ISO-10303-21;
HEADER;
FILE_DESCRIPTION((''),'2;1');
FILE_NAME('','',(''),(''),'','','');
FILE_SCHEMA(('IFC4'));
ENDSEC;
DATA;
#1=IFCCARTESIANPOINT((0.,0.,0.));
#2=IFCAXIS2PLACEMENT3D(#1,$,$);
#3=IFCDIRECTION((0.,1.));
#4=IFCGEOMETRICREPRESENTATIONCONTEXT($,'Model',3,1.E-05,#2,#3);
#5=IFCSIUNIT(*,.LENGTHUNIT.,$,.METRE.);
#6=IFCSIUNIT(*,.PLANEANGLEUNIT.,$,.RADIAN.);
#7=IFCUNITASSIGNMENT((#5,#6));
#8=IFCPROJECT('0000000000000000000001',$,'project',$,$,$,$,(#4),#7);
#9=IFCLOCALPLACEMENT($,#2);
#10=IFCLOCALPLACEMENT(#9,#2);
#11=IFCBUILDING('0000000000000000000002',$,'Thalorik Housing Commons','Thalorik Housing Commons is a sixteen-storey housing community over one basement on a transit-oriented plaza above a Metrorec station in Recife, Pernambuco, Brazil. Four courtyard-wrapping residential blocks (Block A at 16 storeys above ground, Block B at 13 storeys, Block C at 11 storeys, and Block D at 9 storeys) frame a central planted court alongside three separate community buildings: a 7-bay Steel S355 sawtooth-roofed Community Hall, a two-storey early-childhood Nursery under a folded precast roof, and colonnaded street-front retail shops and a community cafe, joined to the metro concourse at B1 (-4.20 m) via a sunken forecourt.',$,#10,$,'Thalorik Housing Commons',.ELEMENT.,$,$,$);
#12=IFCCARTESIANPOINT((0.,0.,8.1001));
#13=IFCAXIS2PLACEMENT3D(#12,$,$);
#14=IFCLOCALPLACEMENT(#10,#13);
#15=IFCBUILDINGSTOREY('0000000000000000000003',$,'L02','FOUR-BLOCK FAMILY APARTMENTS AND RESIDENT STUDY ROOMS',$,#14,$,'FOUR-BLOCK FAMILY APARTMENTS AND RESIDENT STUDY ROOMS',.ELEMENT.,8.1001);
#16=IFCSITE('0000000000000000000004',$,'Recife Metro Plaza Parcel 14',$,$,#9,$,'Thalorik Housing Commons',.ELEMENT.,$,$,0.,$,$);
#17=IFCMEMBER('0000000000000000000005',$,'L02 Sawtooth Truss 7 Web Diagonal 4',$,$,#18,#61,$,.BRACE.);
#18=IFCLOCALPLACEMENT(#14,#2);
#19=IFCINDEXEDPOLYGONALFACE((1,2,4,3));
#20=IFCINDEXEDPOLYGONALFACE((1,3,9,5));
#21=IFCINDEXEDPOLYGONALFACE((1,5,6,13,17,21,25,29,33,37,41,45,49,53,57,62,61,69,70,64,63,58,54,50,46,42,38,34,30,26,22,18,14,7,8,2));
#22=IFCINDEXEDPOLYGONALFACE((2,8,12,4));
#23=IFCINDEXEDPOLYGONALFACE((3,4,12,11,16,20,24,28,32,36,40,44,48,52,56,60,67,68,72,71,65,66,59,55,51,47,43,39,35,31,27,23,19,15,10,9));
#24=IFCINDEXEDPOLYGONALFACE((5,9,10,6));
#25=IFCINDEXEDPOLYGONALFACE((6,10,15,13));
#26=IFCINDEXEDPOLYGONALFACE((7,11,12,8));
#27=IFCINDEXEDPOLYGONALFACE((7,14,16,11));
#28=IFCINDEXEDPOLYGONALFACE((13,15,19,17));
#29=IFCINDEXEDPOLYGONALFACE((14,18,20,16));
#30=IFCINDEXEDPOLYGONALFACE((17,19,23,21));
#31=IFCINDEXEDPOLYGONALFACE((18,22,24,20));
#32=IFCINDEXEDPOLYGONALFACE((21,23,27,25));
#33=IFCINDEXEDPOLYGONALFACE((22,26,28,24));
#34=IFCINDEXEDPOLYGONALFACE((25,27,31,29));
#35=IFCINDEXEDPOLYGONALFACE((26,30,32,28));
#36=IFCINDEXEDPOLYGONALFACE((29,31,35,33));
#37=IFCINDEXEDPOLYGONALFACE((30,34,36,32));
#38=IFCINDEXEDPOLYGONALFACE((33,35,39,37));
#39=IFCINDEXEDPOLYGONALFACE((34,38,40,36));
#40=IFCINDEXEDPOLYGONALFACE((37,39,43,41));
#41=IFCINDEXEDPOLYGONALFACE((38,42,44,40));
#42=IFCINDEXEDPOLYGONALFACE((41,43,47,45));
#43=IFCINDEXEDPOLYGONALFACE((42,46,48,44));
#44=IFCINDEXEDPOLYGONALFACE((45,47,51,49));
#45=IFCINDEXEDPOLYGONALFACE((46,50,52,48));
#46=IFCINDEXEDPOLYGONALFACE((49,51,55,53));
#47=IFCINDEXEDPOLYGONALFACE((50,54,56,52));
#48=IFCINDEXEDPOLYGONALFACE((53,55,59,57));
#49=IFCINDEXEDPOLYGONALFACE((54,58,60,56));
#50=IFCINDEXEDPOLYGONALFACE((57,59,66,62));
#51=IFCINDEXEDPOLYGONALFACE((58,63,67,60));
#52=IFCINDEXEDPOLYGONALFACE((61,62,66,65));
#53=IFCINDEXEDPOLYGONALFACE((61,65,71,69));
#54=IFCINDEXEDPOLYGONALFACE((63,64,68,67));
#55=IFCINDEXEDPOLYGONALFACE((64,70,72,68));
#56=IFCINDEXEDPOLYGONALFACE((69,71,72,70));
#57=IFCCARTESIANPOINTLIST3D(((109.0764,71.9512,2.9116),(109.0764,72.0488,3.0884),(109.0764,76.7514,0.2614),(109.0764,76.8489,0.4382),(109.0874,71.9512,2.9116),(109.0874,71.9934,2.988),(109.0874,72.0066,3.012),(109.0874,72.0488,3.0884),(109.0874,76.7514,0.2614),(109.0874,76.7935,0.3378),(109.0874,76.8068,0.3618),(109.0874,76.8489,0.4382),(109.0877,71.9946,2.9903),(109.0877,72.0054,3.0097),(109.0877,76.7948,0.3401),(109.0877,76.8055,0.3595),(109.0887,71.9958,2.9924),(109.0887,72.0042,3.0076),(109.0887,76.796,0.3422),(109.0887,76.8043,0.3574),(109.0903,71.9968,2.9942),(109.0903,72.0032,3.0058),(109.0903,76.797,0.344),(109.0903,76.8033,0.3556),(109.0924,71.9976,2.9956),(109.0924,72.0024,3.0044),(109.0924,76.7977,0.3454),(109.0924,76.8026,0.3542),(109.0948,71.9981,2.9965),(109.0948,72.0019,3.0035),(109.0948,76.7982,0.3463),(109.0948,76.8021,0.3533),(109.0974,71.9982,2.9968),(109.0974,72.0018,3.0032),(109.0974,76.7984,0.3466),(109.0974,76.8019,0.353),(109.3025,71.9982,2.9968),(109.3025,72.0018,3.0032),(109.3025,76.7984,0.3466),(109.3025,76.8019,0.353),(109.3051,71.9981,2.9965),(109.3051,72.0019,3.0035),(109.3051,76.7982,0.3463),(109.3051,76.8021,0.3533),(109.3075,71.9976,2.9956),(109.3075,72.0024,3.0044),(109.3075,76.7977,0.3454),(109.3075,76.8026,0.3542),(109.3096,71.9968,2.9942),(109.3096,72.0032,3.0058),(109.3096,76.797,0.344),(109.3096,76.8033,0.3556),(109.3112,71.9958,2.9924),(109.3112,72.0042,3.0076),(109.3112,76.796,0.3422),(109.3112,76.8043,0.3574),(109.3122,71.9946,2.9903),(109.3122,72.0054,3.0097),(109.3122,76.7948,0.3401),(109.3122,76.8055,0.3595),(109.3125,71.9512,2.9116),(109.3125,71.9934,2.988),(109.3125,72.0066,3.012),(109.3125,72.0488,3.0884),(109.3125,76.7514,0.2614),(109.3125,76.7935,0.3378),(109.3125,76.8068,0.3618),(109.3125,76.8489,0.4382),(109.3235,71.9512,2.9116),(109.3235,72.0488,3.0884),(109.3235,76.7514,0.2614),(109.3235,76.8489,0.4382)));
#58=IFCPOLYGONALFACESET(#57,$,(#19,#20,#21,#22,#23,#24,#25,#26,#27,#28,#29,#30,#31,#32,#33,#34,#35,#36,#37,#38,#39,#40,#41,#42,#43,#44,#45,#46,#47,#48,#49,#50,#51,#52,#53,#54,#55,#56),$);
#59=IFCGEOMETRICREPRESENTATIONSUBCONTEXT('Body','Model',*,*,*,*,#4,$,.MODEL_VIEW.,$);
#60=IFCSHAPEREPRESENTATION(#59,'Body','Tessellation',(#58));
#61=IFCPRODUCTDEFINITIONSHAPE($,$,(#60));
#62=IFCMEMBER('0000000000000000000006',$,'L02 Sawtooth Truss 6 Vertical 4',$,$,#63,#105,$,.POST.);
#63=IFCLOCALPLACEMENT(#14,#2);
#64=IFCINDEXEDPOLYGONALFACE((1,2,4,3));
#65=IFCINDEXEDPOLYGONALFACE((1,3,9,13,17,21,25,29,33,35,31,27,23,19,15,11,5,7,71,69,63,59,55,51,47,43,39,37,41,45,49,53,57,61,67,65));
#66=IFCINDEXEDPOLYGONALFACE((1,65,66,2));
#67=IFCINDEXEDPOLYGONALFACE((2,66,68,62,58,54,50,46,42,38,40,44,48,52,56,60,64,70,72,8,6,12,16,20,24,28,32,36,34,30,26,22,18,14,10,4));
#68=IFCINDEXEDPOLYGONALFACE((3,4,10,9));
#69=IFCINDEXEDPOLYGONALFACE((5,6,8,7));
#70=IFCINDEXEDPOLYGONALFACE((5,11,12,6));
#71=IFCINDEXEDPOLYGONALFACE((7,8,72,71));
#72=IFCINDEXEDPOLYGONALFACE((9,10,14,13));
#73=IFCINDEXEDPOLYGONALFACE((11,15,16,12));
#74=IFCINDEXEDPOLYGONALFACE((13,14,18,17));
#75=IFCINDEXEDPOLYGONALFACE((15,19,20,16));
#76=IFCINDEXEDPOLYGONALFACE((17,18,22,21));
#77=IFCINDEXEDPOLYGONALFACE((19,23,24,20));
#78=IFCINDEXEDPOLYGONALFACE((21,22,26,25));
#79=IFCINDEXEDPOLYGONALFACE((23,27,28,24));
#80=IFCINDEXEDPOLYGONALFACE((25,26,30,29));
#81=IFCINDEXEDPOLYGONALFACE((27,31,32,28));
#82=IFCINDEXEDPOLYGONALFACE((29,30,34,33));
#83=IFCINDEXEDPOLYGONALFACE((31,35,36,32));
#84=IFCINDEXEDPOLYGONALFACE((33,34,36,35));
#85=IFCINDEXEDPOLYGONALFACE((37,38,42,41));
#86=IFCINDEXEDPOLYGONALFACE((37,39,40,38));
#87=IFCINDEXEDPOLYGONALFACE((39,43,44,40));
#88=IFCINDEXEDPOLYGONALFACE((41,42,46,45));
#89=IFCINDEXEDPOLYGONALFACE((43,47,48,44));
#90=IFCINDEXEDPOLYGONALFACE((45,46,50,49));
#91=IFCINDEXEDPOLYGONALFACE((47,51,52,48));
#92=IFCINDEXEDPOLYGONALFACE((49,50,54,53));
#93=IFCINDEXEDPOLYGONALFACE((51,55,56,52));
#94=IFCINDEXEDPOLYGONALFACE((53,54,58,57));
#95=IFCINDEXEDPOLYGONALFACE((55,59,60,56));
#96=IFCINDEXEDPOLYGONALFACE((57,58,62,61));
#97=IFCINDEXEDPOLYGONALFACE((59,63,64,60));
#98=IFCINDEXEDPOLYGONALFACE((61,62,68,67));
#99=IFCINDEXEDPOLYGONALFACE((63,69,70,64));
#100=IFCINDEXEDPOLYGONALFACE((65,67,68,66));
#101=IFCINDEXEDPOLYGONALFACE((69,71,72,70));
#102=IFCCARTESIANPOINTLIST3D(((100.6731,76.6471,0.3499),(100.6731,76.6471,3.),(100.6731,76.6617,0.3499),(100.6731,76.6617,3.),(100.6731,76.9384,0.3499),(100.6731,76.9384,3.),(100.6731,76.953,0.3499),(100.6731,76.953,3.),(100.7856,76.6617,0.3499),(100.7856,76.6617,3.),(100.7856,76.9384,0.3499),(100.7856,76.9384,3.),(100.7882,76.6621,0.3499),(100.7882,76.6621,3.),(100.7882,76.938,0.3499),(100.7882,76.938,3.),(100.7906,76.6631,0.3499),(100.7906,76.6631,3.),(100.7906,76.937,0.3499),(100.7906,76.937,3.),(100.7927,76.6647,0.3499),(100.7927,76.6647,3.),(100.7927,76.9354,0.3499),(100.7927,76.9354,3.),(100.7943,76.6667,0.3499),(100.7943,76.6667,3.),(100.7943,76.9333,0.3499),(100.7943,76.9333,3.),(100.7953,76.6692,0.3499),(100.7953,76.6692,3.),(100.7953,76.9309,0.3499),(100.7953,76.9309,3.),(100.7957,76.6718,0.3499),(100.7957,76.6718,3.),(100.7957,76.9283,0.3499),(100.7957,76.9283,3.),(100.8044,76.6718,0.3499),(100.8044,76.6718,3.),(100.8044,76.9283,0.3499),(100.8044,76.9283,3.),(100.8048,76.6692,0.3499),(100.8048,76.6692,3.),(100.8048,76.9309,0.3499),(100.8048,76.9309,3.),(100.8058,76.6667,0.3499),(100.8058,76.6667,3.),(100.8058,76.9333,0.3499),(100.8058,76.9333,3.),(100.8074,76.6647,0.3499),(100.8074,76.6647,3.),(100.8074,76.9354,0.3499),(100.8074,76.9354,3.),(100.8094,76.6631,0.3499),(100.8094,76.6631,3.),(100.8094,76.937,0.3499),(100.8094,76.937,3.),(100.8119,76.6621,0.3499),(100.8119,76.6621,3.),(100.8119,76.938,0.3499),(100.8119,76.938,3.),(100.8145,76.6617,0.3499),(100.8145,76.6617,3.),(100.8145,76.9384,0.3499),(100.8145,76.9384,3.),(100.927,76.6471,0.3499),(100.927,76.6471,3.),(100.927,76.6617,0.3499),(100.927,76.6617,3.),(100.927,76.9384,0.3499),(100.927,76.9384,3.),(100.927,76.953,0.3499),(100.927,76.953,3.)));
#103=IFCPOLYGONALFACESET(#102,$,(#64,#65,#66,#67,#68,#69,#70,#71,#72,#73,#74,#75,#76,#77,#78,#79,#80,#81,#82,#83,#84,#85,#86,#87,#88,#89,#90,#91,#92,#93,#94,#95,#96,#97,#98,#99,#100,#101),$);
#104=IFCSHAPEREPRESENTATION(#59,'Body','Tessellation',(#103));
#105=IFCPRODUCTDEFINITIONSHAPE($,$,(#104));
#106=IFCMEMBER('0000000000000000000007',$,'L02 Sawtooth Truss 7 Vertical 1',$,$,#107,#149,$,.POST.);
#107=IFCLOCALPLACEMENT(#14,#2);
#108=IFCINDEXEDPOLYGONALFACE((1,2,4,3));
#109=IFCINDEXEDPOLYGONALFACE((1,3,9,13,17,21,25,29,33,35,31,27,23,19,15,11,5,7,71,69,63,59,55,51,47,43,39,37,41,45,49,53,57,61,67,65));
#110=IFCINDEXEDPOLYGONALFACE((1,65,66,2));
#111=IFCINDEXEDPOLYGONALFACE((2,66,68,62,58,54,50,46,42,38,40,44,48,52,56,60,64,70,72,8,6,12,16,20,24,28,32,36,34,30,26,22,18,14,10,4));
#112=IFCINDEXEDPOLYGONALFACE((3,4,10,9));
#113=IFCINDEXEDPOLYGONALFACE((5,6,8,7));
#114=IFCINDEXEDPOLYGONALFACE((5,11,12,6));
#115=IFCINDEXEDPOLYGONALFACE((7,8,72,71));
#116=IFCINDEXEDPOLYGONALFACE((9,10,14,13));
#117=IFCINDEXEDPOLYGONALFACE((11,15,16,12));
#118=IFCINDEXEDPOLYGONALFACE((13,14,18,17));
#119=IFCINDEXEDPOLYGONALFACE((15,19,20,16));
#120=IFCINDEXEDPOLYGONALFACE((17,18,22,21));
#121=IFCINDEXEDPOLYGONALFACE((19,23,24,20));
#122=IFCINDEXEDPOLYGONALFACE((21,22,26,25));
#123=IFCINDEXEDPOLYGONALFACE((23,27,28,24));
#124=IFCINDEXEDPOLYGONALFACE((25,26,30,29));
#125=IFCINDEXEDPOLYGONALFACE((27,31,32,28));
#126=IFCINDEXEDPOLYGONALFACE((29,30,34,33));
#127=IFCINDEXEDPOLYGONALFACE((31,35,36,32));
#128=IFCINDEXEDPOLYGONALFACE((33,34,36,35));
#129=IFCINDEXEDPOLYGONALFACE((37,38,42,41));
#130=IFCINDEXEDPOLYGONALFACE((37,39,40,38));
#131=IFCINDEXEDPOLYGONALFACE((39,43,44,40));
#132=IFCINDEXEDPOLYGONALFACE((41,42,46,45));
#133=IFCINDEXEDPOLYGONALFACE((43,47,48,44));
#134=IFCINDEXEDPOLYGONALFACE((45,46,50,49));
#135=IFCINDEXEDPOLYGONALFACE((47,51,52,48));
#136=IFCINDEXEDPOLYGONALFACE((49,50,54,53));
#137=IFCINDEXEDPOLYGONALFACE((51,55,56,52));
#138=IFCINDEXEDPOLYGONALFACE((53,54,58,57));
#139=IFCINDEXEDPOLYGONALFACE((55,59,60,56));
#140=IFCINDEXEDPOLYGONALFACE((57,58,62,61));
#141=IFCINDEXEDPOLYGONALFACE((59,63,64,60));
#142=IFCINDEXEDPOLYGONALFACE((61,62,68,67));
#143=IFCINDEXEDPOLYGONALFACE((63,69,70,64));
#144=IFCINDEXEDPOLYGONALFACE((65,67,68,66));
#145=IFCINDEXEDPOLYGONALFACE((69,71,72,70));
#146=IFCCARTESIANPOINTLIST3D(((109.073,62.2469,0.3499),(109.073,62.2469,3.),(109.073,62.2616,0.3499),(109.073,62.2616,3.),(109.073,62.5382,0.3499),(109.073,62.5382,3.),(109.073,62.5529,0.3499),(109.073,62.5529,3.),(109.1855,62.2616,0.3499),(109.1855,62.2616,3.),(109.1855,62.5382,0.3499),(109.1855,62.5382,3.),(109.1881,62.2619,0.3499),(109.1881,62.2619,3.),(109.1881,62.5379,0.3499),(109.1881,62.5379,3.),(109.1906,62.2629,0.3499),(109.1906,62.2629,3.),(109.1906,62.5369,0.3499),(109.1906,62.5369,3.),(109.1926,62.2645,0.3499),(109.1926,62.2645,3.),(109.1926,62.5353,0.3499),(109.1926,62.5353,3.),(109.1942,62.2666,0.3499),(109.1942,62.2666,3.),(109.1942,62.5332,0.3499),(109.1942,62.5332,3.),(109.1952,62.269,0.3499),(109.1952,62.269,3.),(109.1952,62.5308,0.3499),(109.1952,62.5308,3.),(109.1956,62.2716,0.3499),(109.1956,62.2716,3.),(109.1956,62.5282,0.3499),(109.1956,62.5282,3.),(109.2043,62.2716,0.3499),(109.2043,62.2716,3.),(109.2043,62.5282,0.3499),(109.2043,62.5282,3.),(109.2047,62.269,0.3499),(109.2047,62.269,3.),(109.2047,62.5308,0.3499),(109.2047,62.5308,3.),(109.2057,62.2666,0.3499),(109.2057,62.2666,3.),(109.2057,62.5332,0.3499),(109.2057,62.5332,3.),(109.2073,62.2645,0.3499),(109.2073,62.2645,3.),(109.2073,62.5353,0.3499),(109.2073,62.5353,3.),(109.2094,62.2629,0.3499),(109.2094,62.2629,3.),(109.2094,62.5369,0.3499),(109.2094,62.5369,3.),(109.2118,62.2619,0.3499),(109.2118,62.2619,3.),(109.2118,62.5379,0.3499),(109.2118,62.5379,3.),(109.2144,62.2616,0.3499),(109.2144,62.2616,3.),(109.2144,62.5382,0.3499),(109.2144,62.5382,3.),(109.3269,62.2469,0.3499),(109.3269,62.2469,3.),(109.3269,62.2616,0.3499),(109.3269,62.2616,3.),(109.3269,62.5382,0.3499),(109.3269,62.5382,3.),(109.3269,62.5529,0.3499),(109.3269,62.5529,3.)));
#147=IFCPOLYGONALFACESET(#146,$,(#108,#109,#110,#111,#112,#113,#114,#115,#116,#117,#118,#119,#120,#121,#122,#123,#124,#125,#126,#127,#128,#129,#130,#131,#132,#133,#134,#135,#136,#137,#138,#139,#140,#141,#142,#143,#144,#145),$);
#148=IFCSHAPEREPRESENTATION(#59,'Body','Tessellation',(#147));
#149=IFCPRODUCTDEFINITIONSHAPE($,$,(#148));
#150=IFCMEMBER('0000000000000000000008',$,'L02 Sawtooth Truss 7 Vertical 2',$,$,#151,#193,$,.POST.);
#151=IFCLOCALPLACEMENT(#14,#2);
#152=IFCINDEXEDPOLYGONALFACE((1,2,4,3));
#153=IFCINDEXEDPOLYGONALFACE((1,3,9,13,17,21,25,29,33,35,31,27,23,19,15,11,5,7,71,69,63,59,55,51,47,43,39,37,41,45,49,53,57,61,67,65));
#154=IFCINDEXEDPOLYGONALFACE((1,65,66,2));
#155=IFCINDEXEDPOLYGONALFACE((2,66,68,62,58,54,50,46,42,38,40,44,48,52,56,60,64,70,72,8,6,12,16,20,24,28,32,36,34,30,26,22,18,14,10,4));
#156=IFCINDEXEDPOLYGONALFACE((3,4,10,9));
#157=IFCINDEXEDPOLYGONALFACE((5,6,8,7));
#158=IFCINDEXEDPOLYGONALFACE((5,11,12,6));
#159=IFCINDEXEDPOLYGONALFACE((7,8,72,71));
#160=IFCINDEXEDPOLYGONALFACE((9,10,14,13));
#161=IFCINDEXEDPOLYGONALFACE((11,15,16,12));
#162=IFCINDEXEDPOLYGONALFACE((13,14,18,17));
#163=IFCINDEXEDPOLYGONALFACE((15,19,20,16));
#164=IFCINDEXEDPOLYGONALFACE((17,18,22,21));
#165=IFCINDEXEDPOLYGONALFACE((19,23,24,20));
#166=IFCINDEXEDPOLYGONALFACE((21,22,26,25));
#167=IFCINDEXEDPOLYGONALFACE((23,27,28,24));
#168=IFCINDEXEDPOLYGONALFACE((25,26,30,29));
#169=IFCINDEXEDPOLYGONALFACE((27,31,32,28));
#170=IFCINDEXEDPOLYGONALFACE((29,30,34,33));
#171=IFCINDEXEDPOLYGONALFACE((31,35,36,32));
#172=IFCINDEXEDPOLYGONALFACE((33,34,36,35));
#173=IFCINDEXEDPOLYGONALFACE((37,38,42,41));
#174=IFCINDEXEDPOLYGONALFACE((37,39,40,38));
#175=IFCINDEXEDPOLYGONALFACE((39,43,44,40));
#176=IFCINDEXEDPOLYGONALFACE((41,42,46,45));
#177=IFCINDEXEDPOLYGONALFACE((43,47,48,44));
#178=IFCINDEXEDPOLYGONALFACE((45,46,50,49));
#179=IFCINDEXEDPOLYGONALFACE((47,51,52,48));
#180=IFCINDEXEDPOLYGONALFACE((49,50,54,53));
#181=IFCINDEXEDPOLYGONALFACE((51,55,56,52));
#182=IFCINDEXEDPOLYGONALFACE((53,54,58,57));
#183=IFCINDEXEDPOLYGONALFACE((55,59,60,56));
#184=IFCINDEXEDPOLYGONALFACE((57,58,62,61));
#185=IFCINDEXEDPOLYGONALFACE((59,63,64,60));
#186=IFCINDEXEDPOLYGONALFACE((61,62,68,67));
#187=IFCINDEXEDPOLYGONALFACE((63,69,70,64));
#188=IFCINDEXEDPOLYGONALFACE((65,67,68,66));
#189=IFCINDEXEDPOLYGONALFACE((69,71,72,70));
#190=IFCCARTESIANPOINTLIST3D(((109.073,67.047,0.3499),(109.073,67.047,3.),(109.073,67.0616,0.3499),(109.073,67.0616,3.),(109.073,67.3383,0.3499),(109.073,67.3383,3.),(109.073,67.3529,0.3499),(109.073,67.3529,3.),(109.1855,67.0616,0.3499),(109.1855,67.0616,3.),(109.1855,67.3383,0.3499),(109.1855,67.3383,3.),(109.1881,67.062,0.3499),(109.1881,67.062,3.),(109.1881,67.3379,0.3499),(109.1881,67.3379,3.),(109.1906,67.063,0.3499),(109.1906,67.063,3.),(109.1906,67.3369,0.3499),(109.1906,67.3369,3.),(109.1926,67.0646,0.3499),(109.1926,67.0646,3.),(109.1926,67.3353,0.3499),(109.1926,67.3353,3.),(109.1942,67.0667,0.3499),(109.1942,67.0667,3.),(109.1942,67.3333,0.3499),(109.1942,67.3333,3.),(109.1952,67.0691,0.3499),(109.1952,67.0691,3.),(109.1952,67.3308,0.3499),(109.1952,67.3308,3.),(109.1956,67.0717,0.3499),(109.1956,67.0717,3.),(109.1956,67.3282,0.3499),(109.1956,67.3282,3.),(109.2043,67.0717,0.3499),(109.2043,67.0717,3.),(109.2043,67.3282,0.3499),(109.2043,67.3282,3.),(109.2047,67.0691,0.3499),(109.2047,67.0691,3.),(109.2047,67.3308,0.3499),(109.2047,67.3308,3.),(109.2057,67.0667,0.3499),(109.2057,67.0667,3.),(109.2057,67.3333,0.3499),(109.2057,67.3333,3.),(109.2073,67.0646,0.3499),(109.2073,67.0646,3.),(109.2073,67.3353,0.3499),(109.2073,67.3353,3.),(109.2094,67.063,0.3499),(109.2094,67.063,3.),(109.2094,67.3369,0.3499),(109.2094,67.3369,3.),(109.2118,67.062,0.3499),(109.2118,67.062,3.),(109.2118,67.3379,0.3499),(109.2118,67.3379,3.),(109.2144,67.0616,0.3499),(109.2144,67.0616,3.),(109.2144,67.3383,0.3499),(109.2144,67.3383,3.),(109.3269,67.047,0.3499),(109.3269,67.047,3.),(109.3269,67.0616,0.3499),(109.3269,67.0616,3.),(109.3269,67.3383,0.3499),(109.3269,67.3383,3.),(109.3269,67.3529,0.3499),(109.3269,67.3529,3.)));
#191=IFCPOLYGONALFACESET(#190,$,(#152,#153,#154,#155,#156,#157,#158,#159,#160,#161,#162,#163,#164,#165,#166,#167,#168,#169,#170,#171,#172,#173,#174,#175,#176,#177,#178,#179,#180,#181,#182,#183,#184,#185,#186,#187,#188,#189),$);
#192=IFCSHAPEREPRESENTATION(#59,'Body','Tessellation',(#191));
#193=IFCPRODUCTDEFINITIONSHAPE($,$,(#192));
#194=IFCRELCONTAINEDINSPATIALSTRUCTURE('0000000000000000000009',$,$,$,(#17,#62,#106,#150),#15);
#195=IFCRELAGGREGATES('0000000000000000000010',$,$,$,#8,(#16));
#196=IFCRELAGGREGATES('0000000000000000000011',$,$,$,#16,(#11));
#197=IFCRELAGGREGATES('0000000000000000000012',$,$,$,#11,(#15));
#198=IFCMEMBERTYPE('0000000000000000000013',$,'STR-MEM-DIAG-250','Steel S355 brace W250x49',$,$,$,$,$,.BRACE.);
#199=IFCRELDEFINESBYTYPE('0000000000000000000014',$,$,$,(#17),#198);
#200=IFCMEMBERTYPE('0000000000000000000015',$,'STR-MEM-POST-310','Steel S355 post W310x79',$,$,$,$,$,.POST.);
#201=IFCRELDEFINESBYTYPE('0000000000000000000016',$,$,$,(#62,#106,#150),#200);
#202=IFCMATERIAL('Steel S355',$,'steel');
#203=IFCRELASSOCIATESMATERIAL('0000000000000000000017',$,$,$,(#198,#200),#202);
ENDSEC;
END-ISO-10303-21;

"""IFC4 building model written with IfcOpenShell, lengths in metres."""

from ifc_helpers import new_model, si_unit, direction, frame, origin, origin_2d, place, context, subcontext, project, spatial, i_section, extrude, material, material_profile, profile_set, type_object, element, save


model = new_model("IFC4")

# Units and contexts
model_context = context("Model", 3, precision=1e-05, world=origin(), true_north=direction((0.0, 1.0)))
body_context = subcontext(model_context, "Body", "Model", "MODEL_VIEW")
ifc_project = project(units=[si_unit("LENGTHUNIT", "METRE"), si_unit("PLANEANGLEUNIT", "RADIAN")], contexts=[model_context])

# Site, building, storey
site_placement = place(None, origin())
site = spatial("IfcSite", under=ifc_project, at=site_placement, Name="Recife Metro Plaza Parcel 14", LongName="Thalorik Housing Commons", CompositionType="ELEMENT", RefElevation=0.0)
building_placement = place(site_placement, origin())
building = spatial("IfcBuilding", under=site, at=building_placement, Name="Thalorik Housing Commons", Description="Thalorik Housing Commons is a sixteen-storey housing community over one basement on a transit-oriented plaza above a Metrorec station in Recife, Pernambuco, Brazil. Four courtyard-wrapping residential blocks (Block A at 16 storeys above ground, Block B at 13 storeys, Block C at 11 storeys, and Block D at 9 storeys) frame a central planted court alongside three separate community buildings: a 7-bay Steel S355 sawtooth-roofed Community Hall, a two-storey early-childhood Nursery under a folded precast roof, and colonnaded street-front retail shops and a community cafe, joined to the metro concourse at B1 (-4.20 m) via a sunken forecourt.", LongName="Thalorik Housing Commons", CompositionType="ELEMENT")
storey_placement = place(building_placement, frame((0.0, 0.0, 8.1001)))
storey = spatial("IfcBuildingStorey", under=building, at=storey_placement, Name="L02", Description="FOUR-BLOCK FAMILY APARTMENTS AND RESIDENT STUDY ROOMS", LongName="FOUR-BLOCK FAMILY APARTMENTS AND RESIDENT STUDY ROOMS", CompositionType="ELEMENT", Elevation=8.1001)

# Shared definitions
ifc_material_1 = material(Name="Steel S355", Category="steel")

# Members
ifc_material_profile_1 = material_profile(ifc_material_1, i_section(OverallWidth=0.2019, OverallDepth=0.2471, WebThickness=0.0073, FlangeThickness=0.011, FilletRadius=0.01, at=origin_2d()), Name="W250x49", Category="steel")
ifc_profile_set_1 = profile_set([ifc_material_profile_1], Name="Steel S355")
member_type_1 = type_object("IfcMemberType", Name="STR-MEM-DIAG-250", Description="Steel S355 brace W250x49", PredefinedType="BRACE", material=ifc_profile_set_1)
for number, where, z_axis, x_axis, name in (
    (1, (109.2, 72.0, 3.0), (0.0, 0.875435, -0.483335), (0.0, 0.483335, 0.875435), "L02 Sawtooth Truss 7 Web Diagonal 4"),
):
    element("IfcMember", number, at=place(storey_placement, frame(where, z_axis=z_axis, x_axis=x_axis)), inside=storey, type_object=member_type_1, Name=name, PredefinedType="BRACE", context=body_context, shape_type="SweptSolid", body=[
        extrude(i_section(OverallWidth=0.2019, OverallDepth=0.2471, WebThickness=0.0073, FlangeThickness=0.011, FilletRadius=0.01, at=origin_2d()), origin(), (0.0, 0.0, 1.0), 5.4832),
    ])
ifc_material_profile_2 = material_profile(ifc_material_1, i_section(OverallWidth=0.2539, OverallDepth=0.3059, WebThickness=0.0088, FlangeThickness=0.0146, FilletRadius=0.01, at=origin_2d()), Name="W310x79", Category="steel")
ifc_profile_set_2 = profile_set([ifc_material_profile_2], Name="Steel S355")
member_type_2 = type_object("IfcMemberType", Name="STR-MEM-POST-310", Description="Steel S355 post W310x79", PredefinedType="POST", material=ifc_profile_set_2)
for number, where, z_axis, x_axis, name in (
    (2, (100.8, 76.8, 0.3499), (0.0, 0.0, 1.0), (1.0, 0.0, 0.0), "L02 Sawtooth Truss 6 Vertical 4"),
    (3, (109.2, 62.3999, 0.3499), (0.0, 0.0, 1.0), (1.0, 0.0, 0.0), "L02 Sawtooth Truss 7 Vertical 1"),
    (4, (109.2, 67.2, 0.3499), (0.0, 0.0, 1.0), (1.0, 0.0, 0.0), "L02 Sawtooth Truss 7 Vertical 2"),
):
    element("IfcMember", number, at=place(storey_placement, frame(where, z_axis=z_axis, x_axis=x_axis)), inside=storey, type_object=member_type_2, Name=name, PredefinedType="POST", context=body_context, shape_type="SweptSolid", body=[
        extrude(i_section(OverallWidth=0.2539, OverallDepth=0.3059, WebThickness=0.0088, FlangeThickness=0.0146, FilletRadius=0.01, at=origin_2d()), origin(), (0.0, 0.0, 1.0), 2.6501),
    ])

save(model, "model.ifc")
